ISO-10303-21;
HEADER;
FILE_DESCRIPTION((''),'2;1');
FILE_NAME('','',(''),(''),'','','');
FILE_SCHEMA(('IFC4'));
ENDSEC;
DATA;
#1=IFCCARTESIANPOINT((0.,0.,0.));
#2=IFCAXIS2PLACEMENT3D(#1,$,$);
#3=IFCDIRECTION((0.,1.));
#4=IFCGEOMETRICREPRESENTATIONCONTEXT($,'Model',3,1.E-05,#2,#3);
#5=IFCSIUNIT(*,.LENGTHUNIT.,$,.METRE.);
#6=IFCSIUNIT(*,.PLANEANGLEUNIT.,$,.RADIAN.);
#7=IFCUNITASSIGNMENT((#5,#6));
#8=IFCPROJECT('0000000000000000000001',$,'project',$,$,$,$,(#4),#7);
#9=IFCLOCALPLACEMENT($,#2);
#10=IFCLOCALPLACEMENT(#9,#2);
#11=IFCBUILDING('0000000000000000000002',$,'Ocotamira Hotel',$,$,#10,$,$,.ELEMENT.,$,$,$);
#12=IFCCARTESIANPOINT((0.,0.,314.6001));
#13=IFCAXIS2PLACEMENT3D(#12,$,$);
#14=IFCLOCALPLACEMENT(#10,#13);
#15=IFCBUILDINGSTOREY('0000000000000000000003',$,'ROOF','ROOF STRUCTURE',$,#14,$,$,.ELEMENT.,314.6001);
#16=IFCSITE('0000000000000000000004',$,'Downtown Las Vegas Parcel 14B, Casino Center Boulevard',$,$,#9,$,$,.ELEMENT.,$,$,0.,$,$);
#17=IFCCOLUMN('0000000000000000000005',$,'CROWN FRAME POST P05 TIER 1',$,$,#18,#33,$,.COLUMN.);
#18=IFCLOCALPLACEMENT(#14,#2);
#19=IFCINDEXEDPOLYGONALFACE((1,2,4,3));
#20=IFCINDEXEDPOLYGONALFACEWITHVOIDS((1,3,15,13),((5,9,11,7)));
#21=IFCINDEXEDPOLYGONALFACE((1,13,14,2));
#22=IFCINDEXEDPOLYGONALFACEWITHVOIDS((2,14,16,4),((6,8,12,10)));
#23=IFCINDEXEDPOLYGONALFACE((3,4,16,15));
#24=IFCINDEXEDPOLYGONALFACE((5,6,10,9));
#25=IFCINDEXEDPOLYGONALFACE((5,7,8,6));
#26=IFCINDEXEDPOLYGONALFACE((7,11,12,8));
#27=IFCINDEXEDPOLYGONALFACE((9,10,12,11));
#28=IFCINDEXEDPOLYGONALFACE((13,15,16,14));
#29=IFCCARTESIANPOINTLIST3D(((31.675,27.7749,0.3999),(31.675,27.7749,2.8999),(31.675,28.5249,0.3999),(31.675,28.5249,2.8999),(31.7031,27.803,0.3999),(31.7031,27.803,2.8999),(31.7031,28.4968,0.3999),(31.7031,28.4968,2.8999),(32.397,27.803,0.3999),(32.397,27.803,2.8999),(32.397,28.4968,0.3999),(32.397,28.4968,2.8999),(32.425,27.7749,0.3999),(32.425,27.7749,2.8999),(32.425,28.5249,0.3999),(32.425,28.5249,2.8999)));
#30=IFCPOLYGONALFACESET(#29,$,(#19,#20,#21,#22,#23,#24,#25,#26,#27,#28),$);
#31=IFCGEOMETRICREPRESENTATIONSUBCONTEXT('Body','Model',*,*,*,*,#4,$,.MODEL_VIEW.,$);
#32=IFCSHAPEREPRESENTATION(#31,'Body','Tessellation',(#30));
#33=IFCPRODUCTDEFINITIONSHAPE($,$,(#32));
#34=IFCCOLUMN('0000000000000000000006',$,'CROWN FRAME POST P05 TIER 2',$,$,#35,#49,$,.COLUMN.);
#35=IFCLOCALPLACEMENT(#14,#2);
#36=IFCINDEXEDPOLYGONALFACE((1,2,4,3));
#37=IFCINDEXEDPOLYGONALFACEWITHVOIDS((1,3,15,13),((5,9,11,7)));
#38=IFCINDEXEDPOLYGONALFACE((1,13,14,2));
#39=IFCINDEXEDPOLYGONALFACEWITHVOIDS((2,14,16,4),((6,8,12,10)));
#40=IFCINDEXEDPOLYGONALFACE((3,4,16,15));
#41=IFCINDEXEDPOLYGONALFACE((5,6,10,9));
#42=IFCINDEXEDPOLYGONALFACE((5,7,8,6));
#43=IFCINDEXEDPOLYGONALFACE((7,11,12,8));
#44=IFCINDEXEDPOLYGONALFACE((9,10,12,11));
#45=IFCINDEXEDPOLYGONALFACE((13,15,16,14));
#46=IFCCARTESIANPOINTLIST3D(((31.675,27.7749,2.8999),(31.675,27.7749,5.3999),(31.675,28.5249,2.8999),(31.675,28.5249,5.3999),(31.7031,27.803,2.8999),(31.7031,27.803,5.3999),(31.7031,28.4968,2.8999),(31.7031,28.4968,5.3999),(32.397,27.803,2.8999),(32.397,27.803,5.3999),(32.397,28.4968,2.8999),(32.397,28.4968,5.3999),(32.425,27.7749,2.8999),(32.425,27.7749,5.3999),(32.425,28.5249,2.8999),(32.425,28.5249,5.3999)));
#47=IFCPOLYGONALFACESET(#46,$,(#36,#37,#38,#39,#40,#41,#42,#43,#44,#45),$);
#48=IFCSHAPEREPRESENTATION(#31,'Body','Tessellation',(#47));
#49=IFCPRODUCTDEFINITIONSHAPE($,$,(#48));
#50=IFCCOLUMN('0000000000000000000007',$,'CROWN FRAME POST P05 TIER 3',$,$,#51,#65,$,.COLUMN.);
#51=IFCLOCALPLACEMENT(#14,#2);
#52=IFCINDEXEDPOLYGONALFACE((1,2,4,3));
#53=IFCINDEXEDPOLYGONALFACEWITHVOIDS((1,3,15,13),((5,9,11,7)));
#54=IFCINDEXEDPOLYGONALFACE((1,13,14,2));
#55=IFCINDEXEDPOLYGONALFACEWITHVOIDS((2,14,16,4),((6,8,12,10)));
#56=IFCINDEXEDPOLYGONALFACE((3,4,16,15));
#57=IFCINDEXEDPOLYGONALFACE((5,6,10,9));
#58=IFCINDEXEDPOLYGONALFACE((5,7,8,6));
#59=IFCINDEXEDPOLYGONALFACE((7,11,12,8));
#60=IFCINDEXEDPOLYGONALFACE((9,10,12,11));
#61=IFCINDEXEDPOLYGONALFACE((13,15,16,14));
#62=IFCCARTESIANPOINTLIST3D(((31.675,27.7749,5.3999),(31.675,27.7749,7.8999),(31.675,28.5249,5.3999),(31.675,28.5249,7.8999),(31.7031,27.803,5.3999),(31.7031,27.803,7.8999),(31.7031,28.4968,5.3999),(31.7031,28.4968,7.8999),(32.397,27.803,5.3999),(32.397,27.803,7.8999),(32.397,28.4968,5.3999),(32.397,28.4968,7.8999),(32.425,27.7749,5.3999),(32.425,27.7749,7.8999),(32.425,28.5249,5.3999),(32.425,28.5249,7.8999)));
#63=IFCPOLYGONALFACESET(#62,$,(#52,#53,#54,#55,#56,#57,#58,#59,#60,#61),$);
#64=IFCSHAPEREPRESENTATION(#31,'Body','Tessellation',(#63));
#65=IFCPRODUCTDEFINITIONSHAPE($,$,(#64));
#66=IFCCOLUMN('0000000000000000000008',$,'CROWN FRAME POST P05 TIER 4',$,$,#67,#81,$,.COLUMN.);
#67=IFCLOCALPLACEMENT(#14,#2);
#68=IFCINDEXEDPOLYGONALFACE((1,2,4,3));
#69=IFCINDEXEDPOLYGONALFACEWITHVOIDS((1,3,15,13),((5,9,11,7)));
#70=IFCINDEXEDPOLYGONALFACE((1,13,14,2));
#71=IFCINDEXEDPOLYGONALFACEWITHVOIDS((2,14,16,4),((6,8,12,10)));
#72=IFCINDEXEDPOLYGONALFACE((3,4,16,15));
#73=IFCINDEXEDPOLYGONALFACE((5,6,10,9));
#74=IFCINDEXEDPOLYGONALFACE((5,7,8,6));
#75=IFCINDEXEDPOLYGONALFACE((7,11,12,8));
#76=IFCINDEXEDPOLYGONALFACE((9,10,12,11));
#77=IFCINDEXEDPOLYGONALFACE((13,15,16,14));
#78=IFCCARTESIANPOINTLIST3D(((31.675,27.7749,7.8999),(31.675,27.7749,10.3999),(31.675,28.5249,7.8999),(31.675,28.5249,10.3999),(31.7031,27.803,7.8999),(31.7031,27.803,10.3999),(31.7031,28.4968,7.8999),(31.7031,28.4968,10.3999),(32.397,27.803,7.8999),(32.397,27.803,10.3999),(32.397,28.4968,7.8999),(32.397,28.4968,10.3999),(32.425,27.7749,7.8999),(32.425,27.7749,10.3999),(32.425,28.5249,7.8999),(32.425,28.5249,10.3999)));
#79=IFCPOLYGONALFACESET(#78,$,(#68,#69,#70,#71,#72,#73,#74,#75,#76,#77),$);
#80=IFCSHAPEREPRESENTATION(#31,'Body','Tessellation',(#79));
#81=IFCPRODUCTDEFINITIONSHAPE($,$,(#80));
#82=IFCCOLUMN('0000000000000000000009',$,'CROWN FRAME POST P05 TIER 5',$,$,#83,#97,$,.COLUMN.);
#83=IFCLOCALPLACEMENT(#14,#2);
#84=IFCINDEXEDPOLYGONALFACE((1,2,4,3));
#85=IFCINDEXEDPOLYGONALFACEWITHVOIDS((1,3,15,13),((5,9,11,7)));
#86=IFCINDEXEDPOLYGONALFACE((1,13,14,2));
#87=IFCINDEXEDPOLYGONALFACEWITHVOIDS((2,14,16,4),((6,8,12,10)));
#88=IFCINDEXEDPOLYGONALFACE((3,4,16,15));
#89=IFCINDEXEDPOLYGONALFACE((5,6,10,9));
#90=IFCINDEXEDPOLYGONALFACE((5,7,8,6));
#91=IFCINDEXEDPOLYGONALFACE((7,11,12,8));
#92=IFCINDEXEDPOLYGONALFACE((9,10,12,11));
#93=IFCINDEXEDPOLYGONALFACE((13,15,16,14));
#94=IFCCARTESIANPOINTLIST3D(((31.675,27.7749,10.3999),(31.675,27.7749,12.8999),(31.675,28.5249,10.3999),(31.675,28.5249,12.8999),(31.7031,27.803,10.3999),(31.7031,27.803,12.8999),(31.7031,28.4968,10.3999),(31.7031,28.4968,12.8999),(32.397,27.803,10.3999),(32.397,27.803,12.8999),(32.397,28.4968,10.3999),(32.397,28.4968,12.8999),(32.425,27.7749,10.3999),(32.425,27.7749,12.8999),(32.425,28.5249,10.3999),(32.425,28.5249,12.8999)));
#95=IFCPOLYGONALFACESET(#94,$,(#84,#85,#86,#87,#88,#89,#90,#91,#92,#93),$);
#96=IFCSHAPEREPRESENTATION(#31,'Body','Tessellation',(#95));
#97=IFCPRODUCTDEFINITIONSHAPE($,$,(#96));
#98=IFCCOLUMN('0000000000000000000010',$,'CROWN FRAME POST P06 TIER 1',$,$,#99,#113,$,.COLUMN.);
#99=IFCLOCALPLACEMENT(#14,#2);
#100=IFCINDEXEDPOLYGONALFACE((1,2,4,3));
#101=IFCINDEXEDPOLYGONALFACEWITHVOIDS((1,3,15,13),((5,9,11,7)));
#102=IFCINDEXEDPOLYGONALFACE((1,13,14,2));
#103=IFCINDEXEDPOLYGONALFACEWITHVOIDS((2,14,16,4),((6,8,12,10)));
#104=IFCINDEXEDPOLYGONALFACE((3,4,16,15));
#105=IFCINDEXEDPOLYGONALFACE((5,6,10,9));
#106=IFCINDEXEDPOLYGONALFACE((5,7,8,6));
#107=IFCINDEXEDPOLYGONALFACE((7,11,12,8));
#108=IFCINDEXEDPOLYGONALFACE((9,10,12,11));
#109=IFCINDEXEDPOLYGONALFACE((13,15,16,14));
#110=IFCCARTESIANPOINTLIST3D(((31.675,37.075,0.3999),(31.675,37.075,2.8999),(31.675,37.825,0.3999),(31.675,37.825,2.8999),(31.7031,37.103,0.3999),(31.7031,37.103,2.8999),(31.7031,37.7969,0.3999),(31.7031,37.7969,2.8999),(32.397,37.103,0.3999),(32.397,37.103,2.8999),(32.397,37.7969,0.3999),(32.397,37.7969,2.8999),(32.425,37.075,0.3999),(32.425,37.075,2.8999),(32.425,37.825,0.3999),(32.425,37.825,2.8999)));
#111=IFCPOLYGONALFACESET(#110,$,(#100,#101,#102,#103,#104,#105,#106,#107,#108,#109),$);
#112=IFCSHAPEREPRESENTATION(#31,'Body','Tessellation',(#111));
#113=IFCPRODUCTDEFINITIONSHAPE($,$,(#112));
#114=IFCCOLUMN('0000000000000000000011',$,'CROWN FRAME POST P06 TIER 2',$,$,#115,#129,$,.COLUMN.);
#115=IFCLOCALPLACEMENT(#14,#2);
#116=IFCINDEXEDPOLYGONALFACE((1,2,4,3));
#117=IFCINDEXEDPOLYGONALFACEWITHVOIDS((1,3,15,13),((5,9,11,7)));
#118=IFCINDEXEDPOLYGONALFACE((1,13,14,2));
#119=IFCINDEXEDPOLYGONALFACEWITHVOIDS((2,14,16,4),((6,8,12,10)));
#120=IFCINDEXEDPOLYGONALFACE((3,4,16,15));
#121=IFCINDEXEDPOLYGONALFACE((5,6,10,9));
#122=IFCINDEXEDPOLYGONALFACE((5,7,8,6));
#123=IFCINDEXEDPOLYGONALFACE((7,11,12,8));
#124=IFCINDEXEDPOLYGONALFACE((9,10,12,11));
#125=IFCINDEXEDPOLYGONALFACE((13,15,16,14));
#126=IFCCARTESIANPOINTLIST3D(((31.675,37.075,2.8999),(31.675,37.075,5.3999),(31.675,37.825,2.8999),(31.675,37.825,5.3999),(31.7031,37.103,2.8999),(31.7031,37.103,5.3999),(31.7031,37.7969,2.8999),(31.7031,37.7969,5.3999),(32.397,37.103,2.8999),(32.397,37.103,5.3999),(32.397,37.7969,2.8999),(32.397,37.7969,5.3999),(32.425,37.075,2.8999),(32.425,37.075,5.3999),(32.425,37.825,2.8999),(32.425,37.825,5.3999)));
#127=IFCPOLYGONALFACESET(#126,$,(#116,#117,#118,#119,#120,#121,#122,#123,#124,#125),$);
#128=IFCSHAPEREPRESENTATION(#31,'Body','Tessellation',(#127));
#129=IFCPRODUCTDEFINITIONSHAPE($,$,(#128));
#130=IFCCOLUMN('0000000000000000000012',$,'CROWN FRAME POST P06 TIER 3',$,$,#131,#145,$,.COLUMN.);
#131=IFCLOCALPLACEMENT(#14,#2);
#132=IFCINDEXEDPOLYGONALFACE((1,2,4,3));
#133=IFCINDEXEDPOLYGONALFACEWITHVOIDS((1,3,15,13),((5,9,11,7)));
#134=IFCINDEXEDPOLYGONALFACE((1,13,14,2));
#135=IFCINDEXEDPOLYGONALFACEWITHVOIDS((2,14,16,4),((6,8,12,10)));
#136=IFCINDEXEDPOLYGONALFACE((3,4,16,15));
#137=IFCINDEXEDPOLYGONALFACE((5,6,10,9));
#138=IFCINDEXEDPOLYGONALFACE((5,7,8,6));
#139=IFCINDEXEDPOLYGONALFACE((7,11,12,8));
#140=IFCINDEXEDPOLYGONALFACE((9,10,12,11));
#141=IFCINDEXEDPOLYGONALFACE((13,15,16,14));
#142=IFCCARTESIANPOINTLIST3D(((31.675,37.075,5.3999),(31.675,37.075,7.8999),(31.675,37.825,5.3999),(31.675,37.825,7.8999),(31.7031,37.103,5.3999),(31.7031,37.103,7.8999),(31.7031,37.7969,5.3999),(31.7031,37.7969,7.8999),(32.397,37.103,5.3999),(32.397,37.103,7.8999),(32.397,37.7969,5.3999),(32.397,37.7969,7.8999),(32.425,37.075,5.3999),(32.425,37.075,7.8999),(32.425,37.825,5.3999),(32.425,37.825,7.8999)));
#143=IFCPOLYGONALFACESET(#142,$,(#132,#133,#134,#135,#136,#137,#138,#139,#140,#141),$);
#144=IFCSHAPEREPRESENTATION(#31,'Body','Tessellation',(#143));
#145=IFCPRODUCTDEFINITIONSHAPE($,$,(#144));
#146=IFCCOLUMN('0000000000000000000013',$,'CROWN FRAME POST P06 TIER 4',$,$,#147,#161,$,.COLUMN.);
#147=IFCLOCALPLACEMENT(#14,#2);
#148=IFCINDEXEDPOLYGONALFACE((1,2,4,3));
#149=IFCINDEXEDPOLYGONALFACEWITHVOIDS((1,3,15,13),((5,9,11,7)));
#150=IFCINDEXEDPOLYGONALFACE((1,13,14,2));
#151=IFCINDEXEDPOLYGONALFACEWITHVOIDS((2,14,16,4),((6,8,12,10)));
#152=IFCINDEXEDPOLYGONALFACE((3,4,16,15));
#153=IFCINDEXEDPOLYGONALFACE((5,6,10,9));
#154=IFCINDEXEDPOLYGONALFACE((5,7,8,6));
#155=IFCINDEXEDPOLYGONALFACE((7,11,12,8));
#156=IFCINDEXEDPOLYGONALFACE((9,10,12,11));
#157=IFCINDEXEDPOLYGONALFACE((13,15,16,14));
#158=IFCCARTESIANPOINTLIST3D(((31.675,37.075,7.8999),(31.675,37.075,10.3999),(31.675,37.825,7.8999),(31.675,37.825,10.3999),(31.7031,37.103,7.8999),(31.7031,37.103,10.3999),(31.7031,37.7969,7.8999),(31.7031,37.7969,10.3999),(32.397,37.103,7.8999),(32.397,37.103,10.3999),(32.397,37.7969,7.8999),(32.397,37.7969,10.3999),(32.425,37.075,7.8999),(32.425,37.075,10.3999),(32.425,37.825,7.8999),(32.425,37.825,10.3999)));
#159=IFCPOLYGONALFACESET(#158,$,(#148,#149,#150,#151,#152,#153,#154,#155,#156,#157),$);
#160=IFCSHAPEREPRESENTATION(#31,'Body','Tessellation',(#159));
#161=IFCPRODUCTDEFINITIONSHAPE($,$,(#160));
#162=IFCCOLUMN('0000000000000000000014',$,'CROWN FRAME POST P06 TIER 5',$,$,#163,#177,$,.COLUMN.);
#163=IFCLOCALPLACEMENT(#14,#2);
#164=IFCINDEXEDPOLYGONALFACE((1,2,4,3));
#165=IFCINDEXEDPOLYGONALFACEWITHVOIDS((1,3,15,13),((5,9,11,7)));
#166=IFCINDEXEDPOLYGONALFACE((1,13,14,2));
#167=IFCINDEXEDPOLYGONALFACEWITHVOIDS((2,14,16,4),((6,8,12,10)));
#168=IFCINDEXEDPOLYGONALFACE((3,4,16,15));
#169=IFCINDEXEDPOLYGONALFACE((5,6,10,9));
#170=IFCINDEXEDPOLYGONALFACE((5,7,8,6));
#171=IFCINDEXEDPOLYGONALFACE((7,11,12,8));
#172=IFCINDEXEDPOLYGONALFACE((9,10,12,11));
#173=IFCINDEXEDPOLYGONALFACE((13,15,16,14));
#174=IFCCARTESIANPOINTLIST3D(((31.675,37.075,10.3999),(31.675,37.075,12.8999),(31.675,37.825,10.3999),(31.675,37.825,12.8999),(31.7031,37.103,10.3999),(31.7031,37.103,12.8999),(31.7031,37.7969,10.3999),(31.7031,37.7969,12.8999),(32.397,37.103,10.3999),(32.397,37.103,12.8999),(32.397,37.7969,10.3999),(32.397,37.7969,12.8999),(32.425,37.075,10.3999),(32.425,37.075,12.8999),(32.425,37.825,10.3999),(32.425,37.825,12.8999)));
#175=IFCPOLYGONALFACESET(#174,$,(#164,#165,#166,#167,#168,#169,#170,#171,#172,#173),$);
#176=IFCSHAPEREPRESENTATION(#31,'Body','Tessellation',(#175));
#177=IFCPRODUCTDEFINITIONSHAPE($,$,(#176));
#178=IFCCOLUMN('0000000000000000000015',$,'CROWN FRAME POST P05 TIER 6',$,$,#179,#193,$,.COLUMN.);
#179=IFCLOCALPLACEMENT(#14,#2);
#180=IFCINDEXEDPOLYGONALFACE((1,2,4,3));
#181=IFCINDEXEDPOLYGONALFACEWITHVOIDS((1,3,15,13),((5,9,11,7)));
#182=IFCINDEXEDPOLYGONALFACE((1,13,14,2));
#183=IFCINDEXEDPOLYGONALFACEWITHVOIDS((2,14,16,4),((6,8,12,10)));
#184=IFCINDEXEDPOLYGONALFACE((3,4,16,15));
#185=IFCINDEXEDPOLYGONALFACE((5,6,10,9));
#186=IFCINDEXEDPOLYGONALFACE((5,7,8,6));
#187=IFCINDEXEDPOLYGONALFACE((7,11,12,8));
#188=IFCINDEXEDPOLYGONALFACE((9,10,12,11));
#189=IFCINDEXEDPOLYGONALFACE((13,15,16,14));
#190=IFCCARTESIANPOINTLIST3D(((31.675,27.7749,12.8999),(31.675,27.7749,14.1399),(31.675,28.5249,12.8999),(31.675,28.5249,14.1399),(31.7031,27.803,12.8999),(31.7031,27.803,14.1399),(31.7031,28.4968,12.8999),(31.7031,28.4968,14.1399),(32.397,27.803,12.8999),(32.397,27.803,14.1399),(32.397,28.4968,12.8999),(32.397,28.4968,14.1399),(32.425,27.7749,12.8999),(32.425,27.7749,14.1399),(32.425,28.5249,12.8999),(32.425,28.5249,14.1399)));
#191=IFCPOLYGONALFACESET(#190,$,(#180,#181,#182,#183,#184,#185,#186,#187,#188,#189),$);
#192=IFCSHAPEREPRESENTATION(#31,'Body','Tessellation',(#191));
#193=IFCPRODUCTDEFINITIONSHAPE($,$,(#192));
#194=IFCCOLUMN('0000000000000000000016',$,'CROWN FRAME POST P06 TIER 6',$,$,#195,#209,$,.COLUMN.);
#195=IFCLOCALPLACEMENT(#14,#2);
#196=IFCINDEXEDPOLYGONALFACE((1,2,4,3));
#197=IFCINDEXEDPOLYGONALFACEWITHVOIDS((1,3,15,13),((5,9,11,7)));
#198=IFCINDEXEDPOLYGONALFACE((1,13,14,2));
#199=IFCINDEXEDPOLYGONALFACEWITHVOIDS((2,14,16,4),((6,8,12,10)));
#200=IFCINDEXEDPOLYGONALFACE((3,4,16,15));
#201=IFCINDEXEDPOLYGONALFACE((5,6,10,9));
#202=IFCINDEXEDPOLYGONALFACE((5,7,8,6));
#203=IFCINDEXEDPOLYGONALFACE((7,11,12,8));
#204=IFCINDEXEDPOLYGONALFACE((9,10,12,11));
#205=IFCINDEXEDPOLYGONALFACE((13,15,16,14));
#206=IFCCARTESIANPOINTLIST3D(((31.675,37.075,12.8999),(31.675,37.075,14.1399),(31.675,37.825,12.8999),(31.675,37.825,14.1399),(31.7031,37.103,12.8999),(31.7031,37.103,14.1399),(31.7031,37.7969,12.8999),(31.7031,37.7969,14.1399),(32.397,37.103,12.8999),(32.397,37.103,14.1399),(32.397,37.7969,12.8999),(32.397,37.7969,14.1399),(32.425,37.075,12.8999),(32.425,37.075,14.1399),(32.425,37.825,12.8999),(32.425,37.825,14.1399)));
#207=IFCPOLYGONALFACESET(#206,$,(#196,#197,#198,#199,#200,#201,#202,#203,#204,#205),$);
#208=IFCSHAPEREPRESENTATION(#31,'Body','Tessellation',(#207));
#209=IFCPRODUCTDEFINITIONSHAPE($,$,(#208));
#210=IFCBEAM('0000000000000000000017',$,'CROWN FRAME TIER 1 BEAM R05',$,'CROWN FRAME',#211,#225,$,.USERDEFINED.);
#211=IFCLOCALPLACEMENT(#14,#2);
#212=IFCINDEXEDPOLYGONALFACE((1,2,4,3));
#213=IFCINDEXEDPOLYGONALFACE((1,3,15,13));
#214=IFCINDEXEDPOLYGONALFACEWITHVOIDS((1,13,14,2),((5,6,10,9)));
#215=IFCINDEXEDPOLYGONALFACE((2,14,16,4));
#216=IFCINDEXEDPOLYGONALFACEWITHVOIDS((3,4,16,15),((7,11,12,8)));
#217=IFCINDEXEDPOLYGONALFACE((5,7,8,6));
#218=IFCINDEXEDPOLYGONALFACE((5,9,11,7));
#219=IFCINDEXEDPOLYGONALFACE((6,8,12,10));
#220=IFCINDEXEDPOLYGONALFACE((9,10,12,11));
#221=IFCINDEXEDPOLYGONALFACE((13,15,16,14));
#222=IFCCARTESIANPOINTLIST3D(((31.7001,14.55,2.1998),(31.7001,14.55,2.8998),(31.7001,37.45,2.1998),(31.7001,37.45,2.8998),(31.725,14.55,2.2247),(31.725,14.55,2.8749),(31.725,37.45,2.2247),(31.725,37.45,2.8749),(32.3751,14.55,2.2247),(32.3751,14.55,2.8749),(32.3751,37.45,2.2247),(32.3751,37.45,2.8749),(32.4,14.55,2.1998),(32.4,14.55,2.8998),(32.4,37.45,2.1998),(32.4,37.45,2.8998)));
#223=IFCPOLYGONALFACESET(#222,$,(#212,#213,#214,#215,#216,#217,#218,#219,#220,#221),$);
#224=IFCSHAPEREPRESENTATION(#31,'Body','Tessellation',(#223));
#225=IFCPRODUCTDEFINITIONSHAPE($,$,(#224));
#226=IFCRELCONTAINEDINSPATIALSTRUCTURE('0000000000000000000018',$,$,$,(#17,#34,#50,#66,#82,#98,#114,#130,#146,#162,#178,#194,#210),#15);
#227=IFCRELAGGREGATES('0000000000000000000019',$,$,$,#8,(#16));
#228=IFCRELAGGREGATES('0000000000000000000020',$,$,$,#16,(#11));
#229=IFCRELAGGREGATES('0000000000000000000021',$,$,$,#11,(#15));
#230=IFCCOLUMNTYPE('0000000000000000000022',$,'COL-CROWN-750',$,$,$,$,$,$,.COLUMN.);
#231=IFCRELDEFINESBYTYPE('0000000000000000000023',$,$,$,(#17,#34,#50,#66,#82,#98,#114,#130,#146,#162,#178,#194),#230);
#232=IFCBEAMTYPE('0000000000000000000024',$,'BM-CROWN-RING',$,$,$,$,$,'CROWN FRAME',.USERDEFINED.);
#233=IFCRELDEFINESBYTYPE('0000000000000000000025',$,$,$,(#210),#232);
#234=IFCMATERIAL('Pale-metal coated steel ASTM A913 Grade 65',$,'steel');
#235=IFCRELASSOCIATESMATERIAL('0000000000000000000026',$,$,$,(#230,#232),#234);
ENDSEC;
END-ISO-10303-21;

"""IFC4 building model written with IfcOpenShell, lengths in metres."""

from ifc_helpers import new_model, si_unit, direction, frame, origin, origin_2d, place, context, subcontext, project, spatial, hollow_rectangle, extrude, source, transform, mapped, material, material_profile, profile_set, type_object, element, save


model = new_model("IFC4")

# Units and contexts
model_context = context("Model", 3, precision=1e-05, world=origin(), true_north=direction((0.0, 1.0)))
body_context = subcontext(model_context, "Body", "Model", "MODEL_VIEW")
ifc_project = project(units=[si_unit("LENGTHUNIT", "METRE"), si_unit("PLANEANGLEUNIT", "RADIAN")], contexts=[model_context])

# Site, building, storey
site_placement = place(None, origin())
site = spatial("IfcSite", under=ifc_project, at=site_placement, Name="Downtown Las Vegas Parcel 14B, Casino Center Boulevard", CompositionType="ELEMENT", RefElevation=0.0)
building_placement = place(site_placement, origin())
building = spatial("IfcBuilding", under=site, at=building_placement, Name="Ocotamira Hotel", CompositionType="ELEMENT")
storey_placement = place(building_placement, frame((0.0, 0.0, 314.6001)))
storey = spatial("IfcBuildingStorey", under=building, at=storey_placement, Name="ROOF", Description="ROOF STRUCTURE", CompositionType="ELEMENT", Elevation=314.6001)

# Columns
ifc_material_1 = material(Name="Pale-metal coated steel ASTM A913 Grade 65", Category="steel")
ifc_material_profile_1 = material_profile(ifc_material_1, hollow_rectangle(XDim=0.75, YDim=0.75, WallThickness=0.0281, at=origin_2d()), Name="BOX750X750X28")
ifc_profile_set_1 = profile_set([ifc_material_profile_1], Name="Pale-metal coated steel ASTM A913 Grade 65")
column_type = type_object("IfcColumnType", Name="COL-CROWN-750", PredefinedType="COLUMN", material=ifc_profile_set_1)
shared_shape_1 = source(origin(), body_context, "Body", "SweptSolid", [
    extrude(hollow_rectangle(XDim=0.75, YDim=0.75, WallThickness=0.0281, at=origin_2d()), origin(), (0.0, 0.0, 1.0), 2.5),
])
for number, where, z_axis, x_axis, name in (
    (1, (32.05, 28.1499, 0.3999), (0.0, 0.0, 1.0), (1.0, 0.0, 0.0), "CROWN FRAME POST P05 TIER 1"),
    (2, (32.05, 28.1499, 2.8999), (0.0, 0.0, 1.0), (1.0, 0.0, 0.0), "CROWN FRAME POST P05 TIER 2"),
    (3, (32.05, 28.1499, 5.3999), (0.0, 0.0, 1.0), (1.0, 0.0, 0.0), "CROWN FRAME POST P05 TIER 3"),
    (4, (32.05, 28.1499, 7.8999), (0.0, 0.0, 1.0), (1.0, 0.0, 0.0), "CROWN FRAME POST P05 TIER 4"),
    (5, (32.05, 28.1499, 10.3999), (0.0, 0.0, 1.0), (1.0, 0.0, 0.0), "CROWN FRAME POST P05 TIER 5"),
    (6, (32.05, 37.45, 0.3999), (0.0, 0.0, 1.0), (1.0, 0.0, 0.0), "CROWN FRAME POST P06 TIER 1"),
    (7, (32.05, 37.45, 2.8999), (0.0, 0.0, 1.0), (1.0, 0.0, 0.0), "CROWN FRAME POST P06 TIER 2"),
    (8, (32.05, 37.45, 5.3999), (0.0, 0.0, 1.0), (1.0, 0.0, 0.0), "CROWN FRAME POST P06 TIER 3"),
    (9, (32.05, 37.45, 7.8999), (0.0, 0.0, 1.0), (1.0, 0.0, 0.0), "CROWN FRAME POST P06 TIER 4"),
    (10, (32.05, 37.45, 10.3999), (0.0, 0.0, 1.0), (1.0, 0.0, 0.0), "CROWN FRAME POST P06 TIER 5"),
):
    element("IfcColumn", number, at=place(storey_placement, frame(where, z_axis=z_axis, x_axis=x_axis)), inside=storey, type_object=column_type, Name=name, PredefinedType="COLUMN", context=body_context, shape_type="MappedRepresentation", body=[
        mapped(shared_shape_1, transform((0.0, 0.0, 0.0), scale=1.0)),
    ])
shared_shape_2 = source(origin(), body_context, "Body", "SweptSolid", [
    extrude(hollow_rectangle(XDim=0.75, YDim=0.75, WallThickness=0.0281, at=origin_2d()), origin(), (0.0, 0.0, 1.0), 1.24),
])
for number, where, z_axis, x_axis, name in (
    (11, (32.05, 28.1499, 12.8999), (0.0, 0.0, 1.0), (1.0, 0.0, 0.0), "CROWN FRAME POST P05 TIER 6"),
    (12, (32.05, 37.45, 12.8999), (0.0, 0.0, 1.0), (1.0, 0.0, 0.0), "CROWN FRAME POST P06 TIER 6"),
):
    element("IfcColumn", number, at=place(storey_placement, frame(where, z_axis=z_axis, x_axis=x_axis)), inside=storey, type_object=column_type, Name=name, PredefinedType="COLUMN", context=body_context, shape_type="MappedRepresentation", body=[
        mapped(shared_shape_2, transform((0.0, 0.0, 0.0), scale=1.0)),
    ])

# Beam
ifc_material_profile_2 = material_profile(ifc_material_1, hollow_rectangle(XDim=0.7, YDim=0.7, WallThickness=0.0249, at=origin_2d()), Name="BOX700X700X25")
ifc_profile_set_2 = profile_set([ifc_material_profile_2], Name="Pale-metal coated steel ASTM A913 Grade 65")
beam_type = type_object("IfcBeamType", Name="BM-CROWN-RING", ElementType="CROWN FRAME", PredefinedType="USERDEFINED", material=ifc_profile_set_2)
shared_shape_3 = source(origin(), body_context, "Body", "SweptSolid", [
    extrude(hollow_rectangle(XDim=0.7, YDim=0.7, WallThickness=0.0249, at=origin_2d()), origin(), (0.0, 0.0, 1.0), 22.8999),
])
for number, where, z_axis, x_axis, name in (
    (13, (32.05, 37.45, 2.5498), (0.0, -1.0, 0.0), (1.0, 0.0, 0.0), "CROWN FRAME TIER 1 BEAM R05"),
):
    element("IfcBeam", number, at=place(storey_placement, frame(where, z_axis=z_axis, x_axis=x_axis)), inside=storey, type_object=beam_type, Name=name, ObjectType="CROWN FRAME", PredefinedType="USERDEFINED", context=body_context, shape_type="MappedRepresentation", body=[
        mapped(shared_shape_3, transform((0.0, 0.0, 0.0), scale=1.0)),
    ])

save(model, "model.ifc")
